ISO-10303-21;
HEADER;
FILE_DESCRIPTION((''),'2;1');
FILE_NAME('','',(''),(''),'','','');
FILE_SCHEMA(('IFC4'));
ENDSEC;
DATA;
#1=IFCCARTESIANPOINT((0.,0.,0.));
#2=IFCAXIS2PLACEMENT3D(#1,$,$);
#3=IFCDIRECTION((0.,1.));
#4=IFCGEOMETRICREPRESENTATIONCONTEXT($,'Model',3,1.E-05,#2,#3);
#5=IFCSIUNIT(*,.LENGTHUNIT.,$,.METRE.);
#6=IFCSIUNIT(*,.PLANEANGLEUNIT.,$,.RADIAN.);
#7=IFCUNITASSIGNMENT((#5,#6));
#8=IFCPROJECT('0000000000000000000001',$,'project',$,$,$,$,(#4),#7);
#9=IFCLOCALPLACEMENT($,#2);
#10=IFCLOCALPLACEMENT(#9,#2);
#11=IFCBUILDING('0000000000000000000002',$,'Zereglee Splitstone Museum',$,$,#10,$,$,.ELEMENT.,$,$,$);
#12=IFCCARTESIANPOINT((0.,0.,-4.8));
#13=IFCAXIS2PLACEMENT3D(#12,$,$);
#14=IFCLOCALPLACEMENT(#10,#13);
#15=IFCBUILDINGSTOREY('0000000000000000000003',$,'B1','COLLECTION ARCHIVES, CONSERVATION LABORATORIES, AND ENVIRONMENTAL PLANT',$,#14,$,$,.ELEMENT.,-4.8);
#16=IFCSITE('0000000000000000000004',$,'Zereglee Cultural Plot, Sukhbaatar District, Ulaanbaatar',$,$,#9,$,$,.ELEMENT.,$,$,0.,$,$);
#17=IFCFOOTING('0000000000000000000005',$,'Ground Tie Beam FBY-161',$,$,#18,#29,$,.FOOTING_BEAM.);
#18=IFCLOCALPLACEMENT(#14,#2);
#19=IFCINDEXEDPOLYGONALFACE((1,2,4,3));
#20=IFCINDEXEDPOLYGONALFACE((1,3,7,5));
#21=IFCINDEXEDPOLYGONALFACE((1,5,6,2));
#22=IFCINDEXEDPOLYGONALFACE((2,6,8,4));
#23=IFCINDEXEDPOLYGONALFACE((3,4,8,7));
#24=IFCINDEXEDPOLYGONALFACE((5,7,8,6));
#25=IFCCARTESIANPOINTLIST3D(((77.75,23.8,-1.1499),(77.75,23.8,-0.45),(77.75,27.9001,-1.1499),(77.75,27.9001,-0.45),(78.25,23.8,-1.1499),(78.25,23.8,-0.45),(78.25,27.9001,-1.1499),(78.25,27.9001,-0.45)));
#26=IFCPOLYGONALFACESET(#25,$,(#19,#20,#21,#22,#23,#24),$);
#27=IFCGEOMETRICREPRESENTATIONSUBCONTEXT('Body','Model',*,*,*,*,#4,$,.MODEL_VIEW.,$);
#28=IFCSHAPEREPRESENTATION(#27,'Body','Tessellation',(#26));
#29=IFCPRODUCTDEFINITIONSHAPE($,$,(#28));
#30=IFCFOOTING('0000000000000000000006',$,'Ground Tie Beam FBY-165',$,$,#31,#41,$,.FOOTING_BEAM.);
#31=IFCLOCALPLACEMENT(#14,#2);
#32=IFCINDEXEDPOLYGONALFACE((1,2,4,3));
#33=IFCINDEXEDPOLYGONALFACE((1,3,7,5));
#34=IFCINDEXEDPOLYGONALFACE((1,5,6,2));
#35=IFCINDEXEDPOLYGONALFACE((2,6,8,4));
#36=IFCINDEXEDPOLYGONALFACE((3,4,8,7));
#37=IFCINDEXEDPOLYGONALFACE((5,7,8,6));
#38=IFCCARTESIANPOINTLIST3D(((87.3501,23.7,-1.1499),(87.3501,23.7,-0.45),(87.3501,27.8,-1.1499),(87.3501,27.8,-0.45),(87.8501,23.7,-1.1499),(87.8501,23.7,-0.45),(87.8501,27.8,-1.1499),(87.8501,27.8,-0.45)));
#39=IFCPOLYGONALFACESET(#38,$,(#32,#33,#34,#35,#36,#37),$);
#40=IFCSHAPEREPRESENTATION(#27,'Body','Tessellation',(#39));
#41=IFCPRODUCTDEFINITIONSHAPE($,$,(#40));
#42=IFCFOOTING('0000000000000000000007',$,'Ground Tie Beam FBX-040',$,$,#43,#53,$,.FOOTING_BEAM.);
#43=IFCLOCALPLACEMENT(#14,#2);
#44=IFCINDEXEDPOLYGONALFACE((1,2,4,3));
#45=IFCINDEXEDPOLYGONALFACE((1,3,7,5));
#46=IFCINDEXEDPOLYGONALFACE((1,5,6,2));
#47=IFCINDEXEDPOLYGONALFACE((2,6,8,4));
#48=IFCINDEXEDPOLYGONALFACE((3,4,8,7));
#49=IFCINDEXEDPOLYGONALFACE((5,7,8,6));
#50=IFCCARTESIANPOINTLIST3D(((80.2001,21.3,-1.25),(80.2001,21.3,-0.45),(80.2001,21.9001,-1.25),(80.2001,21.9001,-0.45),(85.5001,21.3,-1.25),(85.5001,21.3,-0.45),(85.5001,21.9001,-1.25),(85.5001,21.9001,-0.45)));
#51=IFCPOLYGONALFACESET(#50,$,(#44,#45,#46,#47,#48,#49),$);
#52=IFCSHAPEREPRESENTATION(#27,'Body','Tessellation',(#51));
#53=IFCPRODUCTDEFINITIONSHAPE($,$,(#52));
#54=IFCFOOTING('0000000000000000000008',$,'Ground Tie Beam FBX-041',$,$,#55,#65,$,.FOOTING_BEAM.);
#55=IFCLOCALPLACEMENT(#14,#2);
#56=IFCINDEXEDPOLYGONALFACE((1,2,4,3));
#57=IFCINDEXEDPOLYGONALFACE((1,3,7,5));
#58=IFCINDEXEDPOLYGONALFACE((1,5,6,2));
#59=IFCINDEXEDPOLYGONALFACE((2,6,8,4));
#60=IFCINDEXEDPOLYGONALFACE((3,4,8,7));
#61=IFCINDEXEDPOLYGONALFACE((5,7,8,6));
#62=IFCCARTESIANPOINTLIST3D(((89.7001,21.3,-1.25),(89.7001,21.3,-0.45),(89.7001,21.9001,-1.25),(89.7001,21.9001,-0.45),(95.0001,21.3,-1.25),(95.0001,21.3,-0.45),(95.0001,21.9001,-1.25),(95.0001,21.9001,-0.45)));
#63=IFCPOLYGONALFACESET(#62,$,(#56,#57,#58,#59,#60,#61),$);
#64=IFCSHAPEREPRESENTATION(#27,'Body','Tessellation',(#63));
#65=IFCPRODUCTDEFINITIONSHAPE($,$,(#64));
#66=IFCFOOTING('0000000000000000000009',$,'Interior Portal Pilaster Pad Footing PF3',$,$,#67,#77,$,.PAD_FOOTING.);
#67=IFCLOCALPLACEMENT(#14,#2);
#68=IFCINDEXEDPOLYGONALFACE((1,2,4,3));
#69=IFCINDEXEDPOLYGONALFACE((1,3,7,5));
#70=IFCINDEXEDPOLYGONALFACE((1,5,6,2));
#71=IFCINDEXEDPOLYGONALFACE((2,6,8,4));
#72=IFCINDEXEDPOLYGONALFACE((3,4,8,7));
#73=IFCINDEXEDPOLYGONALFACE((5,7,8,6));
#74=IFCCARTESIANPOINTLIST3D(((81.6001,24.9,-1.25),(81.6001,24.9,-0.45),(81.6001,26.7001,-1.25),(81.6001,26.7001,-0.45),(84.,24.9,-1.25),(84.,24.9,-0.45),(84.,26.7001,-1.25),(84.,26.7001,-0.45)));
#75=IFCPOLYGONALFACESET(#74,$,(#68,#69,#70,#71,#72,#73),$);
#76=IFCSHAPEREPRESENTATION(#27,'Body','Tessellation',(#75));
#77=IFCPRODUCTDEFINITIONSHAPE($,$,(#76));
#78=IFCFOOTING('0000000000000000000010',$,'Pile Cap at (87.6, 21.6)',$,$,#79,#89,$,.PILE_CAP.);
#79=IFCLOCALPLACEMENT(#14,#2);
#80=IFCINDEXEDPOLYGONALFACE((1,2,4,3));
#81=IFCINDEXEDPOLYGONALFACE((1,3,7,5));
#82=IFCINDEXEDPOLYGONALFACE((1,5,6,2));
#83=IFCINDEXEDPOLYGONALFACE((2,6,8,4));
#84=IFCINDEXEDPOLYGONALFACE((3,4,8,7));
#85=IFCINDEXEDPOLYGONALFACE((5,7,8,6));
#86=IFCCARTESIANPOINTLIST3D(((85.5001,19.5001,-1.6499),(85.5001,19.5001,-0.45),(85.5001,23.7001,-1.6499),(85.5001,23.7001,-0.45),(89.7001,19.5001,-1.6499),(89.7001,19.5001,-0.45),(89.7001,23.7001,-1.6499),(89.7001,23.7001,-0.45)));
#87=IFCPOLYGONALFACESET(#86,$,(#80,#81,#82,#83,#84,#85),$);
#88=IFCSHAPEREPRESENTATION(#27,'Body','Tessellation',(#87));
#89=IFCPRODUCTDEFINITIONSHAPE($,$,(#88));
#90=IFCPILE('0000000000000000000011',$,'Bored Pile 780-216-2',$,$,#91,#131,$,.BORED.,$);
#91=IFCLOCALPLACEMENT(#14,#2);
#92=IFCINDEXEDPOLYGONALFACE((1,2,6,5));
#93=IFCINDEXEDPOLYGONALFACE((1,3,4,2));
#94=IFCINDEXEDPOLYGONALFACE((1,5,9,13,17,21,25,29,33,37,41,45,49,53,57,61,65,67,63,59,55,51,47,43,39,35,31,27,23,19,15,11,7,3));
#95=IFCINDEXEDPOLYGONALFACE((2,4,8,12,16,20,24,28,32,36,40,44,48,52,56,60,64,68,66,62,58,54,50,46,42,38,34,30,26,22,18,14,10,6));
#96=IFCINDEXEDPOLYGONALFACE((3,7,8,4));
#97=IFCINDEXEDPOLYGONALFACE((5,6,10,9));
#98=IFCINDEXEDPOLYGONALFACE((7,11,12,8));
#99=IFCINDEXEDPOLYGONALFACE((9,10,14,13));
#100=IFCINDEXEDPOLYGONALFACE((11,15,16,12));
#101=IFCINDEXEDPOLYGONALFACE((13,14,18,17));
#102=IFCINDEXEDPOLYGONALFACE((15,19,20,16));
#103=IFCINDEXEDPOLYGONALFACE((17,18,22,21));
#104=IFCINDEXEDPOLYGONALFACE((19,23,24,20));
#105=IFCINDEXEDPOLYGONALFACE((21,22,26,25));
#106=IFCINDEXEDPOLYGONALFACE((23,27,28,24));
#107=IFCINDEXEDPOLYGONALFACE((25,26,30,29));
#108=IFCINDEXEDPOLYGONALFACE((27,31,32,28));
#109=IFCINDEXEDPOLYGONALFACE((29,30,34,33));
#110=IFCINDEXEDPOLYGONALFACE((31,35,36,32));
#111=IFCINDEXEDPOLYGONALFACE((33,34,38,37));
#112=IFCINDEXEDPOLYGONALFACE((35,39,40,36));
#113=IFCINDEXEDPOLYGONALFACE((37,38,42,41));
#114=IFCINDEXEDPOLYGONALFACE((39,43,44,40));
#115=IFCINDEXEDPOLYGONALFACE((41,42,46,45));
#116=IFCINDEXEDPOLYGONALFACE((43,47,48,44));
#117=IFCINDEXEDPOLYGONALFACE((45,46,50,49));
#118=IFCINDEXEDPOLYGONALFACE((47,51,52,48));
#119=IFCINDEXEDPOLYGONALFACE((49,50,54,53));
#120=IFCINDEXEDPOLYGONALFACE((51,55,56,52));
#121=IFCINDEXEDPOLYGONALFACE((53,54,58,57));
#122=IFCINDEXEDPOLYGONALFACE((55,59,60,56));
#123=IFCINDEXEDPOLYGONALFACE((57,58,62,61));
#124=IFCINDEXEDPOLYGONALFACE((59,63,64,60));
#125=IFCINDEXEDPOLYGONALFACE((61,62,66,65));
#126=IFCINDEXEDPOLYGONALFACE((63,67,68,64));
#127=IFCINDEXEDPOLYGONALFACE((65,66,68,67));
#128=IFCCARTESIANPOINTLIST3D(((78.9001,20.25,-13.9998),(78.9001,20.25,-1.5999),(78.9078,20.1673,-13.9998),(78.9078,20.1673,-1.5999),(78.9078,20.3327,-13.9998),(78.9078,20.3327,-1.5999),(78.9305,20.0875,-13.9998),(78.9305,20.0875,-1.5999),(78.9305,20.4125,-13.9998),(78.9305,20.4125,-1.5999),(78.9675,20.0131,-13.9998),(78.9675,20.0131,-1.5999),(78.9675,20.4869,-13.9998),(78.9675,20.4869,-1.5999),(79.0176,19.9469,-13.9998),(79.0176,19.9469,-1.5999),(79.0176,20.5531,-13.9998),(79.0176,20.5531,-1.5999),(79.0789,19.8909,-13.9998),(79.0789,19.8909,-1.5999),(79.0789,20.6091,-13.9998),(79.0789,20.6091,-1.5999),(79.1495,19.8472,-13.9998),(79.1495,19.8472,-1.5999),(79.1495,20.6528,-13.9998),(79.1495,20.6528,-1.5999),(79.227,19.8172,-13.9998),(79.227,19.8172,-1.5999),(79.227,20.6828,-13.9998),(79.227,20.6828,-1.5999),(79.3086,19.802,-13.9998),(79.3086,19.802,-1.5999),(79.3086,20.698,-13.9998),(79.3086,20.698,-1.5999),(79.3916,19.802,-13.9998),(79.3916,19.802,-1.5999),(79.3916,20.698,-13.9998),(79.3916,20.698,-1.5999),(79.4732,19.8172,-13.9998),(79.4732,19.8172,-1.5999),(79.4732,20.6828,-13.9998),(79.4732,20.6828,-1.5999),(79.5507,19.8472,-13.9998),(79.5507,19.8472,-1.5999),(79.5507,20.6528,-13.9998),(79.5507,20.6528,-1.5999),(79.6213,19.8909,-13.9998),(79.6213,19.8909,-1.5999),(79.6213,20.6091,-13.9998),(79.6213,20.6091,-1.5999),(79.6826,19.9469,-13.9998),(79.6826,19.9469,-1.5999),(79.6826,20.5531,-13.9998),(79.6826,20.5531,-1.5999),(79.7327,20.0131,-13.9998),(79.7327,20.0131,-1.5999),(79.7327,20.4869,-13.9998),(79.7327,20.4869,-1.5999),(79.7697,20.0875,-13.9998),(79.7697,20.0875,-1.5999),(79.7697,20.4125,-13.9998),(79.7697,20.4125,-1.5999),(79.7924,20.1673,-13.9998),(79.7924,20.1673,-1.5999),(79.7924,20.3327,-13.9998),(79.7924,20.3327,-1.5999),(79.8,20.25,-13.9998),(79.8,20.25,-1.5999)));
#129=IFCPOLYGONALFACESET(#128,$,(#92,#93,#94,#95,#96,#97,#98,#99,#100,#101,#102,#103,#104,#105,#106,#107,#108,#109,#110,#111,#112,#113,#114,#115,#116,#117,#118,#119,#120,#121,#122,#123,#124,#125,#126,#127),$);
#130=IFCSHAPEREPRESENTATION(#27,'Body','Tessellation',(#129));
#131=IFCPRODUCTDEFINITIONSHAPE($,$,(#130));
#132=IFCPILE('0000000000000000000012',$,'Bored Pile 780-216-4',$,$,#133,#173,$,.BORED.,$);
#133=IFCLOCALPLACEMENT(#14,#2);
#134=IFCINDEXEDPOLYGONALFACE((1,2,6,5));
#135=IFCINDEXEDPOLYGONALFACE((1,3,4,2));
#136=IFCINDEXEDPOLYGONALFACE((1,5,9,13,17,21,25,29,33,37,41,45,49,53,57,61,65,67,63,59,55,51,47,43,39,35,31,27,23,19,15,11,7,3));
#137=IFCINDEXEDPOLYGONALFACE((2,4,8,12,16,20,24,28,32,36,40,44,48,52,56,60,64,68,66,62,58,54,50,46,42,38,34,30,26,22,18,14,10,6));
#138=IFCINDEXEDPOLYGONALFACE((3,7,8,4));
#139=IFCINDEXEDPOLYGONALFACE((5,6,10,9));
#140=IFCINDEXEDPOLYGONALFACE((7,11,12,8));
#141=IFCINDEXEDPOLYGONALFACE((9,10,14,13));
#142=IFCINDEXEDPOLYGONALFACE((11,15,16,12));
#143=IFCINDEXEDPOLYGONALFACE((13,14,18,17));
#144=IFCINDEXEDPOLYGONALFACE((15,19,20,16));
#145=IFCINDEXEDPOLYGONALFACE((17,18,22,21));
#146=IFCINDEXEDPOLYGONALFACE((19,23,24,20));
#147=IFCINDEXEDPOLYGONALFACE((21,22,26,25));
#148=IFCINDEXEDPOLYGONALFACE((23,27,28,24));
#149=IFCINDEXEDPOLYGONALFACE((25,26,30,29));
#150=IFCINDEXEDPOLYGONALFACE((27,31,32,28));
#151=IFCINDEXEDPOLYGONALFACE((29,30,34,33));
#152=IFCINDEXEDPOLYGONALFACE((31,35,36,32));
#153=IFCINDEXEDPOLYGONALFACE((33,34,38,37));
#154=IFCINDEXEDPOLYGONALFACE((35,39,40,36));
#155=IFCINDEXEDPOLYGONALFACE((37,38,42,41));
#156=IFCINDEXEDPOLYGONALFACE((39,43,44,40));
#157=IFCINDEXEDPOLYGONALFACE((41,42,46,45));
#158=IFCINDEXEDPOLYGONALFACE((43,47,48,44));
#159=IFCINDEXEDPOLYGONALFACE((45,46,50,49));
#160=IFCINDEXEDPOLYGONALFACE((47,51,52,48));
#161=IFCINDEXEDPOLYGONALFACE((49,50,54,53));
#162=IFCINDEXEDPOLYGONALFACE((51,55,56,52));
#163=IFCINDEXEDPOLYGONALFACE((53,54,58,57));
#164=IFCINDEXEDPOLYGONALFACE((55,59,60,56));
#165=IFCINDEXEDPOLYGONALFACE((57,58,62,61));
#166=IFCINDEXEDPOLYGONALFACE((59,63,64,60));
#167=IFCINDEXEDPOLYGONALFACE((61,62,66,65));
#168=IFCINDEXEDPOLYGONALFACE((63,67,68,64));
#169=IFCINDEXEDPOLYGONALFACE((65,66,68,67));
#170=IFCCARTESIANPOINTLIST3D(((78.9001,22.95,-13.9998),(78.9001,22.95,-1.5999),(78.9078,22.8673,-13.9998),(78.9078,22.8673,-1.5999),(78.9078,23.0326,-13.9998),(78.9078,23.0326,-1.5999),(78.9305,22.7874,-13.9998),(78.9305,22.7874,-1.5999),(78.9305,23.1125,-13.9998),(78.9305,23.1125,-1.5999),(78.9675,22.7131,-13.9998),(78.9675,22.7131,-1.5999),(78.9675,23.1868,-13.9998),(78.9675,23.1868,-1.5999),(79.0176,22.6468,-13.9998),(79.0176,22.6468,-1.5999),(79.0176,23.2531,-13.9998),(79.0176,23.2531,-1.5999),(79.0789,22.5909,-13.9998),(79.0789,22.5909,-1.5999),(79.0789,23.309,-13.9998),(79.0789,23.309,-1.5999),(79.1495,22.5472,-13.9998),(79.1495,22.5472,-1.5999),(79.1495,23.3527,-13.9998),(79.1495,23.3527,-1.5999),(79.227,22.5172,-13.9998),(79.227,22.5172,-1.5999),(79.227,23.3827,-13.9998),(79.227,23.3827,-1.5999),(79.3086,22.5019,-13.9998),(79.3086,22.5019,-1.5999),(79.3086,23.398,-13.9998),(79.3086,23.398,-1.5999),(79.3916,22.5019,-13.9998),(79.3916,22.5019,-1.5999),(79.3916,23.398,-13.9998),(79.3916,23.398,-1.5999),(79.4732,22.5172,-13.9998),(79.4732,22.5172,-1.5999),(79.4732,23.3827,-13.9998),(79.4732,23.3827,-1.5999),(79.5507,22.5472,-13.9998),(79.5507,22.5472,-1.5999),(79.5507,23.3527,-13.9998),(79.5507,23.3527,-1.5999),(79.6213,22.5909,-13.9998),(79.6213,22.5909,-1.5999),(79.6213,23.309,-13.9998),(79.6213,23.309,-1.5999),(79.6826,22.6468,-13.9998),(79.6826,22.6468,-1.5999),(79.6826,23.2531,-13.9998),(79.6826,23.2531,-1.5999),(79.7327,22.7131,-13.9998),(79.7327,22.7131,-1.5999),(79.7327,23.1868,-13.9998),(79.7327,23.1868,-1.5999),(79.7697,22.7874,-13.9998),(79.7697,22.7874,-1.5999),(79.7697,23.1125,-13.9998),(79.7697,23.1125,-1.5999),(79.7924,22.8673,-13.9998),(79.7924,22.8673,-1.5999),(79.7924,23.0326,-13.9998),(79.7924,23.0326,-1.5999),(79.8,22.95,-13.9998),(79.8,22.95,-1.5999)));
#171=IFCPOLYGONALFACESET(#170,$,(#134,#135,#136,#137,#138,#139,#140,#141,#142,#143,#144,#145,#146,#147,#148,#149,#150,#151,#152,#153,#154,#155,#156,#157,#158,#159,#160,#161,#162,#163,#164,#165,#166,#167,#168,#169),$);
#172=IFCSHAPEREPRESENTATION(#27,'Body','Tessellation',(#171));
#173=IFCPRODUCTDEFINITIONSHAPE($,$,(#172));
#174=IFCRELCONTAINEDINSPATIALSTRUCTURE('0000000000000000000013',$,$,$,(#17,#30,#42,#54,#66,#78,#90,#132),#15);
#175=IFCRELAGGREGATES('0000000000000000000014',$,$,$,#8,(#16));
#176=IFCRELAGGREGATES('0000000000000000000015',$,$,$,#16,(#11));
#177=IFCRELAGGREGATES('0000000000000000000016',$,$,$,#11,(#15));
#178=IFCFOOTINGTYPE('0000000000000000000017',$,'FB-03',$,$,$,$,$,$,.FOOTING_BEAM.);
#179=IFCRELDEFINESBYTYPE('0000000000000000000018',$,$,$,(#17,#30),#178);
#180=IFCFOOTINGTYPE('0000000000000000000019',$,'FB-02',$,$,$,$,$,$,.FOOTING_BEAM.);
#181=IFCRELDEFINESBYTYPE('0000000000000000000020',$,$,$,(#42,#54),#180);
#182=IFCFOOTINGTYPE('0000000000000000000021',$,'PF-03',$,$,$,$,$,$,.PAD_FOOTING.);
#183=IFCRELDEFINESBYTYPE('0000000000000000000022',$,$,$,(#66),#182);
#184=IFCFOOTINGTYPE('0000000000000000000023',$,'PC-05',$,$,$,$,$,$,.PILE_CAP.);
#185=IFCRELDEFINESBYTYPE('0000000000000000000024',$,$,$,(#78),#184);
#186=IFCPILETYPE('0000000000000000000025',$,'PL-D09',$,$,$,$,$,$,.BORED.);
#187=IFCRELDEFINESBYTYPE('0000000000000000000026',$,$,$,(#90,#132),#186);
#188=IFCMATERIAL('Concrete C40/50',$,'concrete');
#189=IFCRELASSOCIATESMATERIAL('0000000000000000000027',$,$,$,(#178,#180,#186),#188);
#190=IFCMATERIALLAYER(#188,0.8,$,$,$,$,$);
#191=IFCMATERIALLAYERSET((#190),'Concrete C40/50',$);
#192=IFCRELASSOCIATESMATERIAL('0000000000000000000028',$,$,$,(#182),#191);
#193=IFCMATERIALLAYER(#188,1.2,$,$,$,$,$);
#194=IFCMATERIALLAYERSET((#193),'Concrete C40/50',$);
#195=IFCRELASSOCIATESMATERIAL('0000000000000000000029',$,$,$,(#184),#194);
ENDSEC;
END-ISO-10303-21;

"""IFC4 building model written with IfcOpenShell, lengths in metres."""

from ifc_helpers import new_model, si_unit, direction, frame, origin, origin_2d, place, context, subcontext, project, spatial, rectangle, circle, extrude, material, layer, layer_set, material_profile, profile_set, type_object, element, save


model = new_model("IFC4")

# Units and contexts
model_context = context("Model", 3, precision=1e-05, world=origin(), true_north=direction((0.0, 1.0)))
body_context = subcontext(model_context, "Body", "Model", "MODEL_VIEW")
ifc_project = project(units=[si_unit("LENGTHUNIT", "METRE"), si_unit("PLANEANGLEUNIT", "RADIAN")], contexts=[model_context])

# Site, building, storey
site_placement = place(None, origin())
site = spatial("IfcSite", under=ifc_project, at=site_placement, Name="Zereglee Cultural Plot, Sukhbaatar District, Ulaanbaatar", CompositionType="ELEMENT", RefElevation=0.0)
building_placement = place(site_placement, origin())
building = spatial("IfcBuilding", under=site, at=building_placement, Name="Zereglee Splitstone Museum", CompositionType="ELEMENT")
storey_placement = place(building_placement, frame((0.0, 0.0, -4.8)))
storey = spatial("IfcBuildingStorey", under=building, at=storey_placement, Name="B1", Description="COLLECTION ARCHIVES, CONSERVATION LABORATORIES, AND ENVIRONMENTAL PLANT", CompositionType="ELEMENT", Elevation=-4.8)

# Footings
ifc_material_1 = material(Name="Concrete C40/50", Category="concrete")
footing_type_1 = type_object("IfcFootingType", Name="FB-03", PredefinedType="FOOTING_BEAM", material=ifc_material_1)
for number, where, z_axis, x_axis, name in (
    (1, (78.0, 25.8501, -1.1499), (0.0, 0.0, 1.0), (0.0, 1.0, 0.0), "Ground Tie Beam FBY-161"),
    (2, (87.6001, 25.75, -1.1499), (0.0, 0.0, 1.0), (0.0, 1.0, 0.0), "Ground Tie Beam FBY-165"),
):
    element("IfcFooting", number, at=place(storey_placement, frame(where, z_axis=z_axis, x_axis=x_axis)), inside=storey, type_object=footing_type_1, Name=name, PredefinedType="FOOTING_BEAM", context=body_context, shape_type="SweptSolid", body=[
        extrude(rectangle(XDim=4.1001, YDim=0.5, at=origin_2d()), origin(), (0.0, 0.0, 1.0), 0.7),
    ])
footing_type_2 = type_object("IfcFootingType", Name="FB-02", PredefinedType="FOOTING_BEAM", material=ifc_material_1)
for number, where, z_axis, x_axis, name in (
    (3, (82.8501, 21.6001, -1.25), (0.0, 0.0, 1.0), (1.0, 0.0, 0.0), "Ground Tie Beam FBX-040"),
    (4, (92.3501, 21.6001, -1.25), (0.0, 0.0, 1.0), (1.0, 0.0, 0.0), "Ground Tie Beam FBX-041"),
):
    element("IfcFooting", number, at=place(storey_placement, frame(where, z_axis=z_axis, x_axis=x_axis)), inside=storey, type_object=footing_type_2, Name=name, PredefinedType="FOOTING_BEAM", context=body_context, shape_type="SweptSolid", body=[
        extrude(rectangle(XDim=5.3, YDim=0.6001, at=origin_2d()), origin(), (0.0, 0.0, 1.0), 0.8),
    ])
ifc_layer_1 = layer(ifc_material_1, 0.8)
ifc_layer_set_1 = layer_set([ifc_layer_1], Name="Concrete C40/50")
footing_type_3 = type_object("IfcFootingType", Name="PF-03", PredefinedType="PAD_FOOTING", material=ifc_layer_set_1)
footing_1_placement = place(storey_placement, frame((82.8, 25.8, -1.25), z_axis=(0.0, 0.0, 1.0), x_axis=(1.0, 0.0, 0.0)))
element("IfcFooting", 5, at=footing_1_placement, inside=storey, type_object=footing_type_3, Name="Interior Portal Pilaster Pad Footing PF3", PredefinedType="PAD_FOOTING", context=body_context, shape_type="SweptSolid", body=[
    extrude(rectangle(XDim=2.3999, YDim=1.8, at=origin_2d()), origin(), (0.0, 0.0, 1.0), 0.8),
])
ifc_layer_2 = layer(ifc_material_1, 1.2)
ifc_layer_set_2 = layer_set([ifc_layer_2], Name="Concrete C40/50")
footing_type_4 = type_object("IfcFootingType", Name="PC-05", PredefinedType="PILE_CAP", material=ifc_layer_set_2)
footing_2_placement = place(storey_placement, frame((87.6001, 21.6001, -1.6499), z_axis=(0.0, 0.0, 1.0), x_axis=(1.0, 0.0, 0.0)))
element("IfcFooting", 6, at=footing_2_placement, inside=storey, type_object=footing_type_4, Name="Pile Cap at (87.6, 21.6)", PredefinedType="PILE_CAP", context=body_context, shape_type="SweptSolid", body=[
    extrude(rectangle(XDim=4.2, YDim=4.2, at=origin_2d()), origin(), (0.0, 0.0, 1.0), 1.2),
])

# Piles
ifc_material_profile_1 = material_profile(ifc_material_1, circle(Radius=0.45, at=origin_2d()), Name="PILE D900")
ifc_profile_set_1 = profile_set([ifc_material_profile_1], Name="Concrete C40/50")
pile_type = type_object("IfcPileType", Name="PL-D09", PredefinedType="BORED", material=ifc_profile_set_1)
for number, where, z_axis, x_axis, name in (
    (7, (79.3501, 20.25, -1.5999), (0.0, 0.0, -1.0), (1.0, 0.0, 0.0), "Bored Pile 780-216-2"),
    (8, (79.3501, 22.95, -1.5999), (0.0, 0.0, -1.0), (1.0, 0.0, 0.0), "Bored Pile 780-216-4"),
):
    element("IfcPile", number, at=place(storey_placement, frame(where, z_axis=z_axis, x_axis=x_axis)), inside=storey, type_object=pile_type, Name=name, PredefinedType="BORED", context=body_context, shape_type="SweptSolid", body=[
        extrude(circle(Radius=0.45, at=origin_2d()), origin(), (0.0, 0.0, 1.0), 12.3999),
    ])

save(model, "model.ifc")
